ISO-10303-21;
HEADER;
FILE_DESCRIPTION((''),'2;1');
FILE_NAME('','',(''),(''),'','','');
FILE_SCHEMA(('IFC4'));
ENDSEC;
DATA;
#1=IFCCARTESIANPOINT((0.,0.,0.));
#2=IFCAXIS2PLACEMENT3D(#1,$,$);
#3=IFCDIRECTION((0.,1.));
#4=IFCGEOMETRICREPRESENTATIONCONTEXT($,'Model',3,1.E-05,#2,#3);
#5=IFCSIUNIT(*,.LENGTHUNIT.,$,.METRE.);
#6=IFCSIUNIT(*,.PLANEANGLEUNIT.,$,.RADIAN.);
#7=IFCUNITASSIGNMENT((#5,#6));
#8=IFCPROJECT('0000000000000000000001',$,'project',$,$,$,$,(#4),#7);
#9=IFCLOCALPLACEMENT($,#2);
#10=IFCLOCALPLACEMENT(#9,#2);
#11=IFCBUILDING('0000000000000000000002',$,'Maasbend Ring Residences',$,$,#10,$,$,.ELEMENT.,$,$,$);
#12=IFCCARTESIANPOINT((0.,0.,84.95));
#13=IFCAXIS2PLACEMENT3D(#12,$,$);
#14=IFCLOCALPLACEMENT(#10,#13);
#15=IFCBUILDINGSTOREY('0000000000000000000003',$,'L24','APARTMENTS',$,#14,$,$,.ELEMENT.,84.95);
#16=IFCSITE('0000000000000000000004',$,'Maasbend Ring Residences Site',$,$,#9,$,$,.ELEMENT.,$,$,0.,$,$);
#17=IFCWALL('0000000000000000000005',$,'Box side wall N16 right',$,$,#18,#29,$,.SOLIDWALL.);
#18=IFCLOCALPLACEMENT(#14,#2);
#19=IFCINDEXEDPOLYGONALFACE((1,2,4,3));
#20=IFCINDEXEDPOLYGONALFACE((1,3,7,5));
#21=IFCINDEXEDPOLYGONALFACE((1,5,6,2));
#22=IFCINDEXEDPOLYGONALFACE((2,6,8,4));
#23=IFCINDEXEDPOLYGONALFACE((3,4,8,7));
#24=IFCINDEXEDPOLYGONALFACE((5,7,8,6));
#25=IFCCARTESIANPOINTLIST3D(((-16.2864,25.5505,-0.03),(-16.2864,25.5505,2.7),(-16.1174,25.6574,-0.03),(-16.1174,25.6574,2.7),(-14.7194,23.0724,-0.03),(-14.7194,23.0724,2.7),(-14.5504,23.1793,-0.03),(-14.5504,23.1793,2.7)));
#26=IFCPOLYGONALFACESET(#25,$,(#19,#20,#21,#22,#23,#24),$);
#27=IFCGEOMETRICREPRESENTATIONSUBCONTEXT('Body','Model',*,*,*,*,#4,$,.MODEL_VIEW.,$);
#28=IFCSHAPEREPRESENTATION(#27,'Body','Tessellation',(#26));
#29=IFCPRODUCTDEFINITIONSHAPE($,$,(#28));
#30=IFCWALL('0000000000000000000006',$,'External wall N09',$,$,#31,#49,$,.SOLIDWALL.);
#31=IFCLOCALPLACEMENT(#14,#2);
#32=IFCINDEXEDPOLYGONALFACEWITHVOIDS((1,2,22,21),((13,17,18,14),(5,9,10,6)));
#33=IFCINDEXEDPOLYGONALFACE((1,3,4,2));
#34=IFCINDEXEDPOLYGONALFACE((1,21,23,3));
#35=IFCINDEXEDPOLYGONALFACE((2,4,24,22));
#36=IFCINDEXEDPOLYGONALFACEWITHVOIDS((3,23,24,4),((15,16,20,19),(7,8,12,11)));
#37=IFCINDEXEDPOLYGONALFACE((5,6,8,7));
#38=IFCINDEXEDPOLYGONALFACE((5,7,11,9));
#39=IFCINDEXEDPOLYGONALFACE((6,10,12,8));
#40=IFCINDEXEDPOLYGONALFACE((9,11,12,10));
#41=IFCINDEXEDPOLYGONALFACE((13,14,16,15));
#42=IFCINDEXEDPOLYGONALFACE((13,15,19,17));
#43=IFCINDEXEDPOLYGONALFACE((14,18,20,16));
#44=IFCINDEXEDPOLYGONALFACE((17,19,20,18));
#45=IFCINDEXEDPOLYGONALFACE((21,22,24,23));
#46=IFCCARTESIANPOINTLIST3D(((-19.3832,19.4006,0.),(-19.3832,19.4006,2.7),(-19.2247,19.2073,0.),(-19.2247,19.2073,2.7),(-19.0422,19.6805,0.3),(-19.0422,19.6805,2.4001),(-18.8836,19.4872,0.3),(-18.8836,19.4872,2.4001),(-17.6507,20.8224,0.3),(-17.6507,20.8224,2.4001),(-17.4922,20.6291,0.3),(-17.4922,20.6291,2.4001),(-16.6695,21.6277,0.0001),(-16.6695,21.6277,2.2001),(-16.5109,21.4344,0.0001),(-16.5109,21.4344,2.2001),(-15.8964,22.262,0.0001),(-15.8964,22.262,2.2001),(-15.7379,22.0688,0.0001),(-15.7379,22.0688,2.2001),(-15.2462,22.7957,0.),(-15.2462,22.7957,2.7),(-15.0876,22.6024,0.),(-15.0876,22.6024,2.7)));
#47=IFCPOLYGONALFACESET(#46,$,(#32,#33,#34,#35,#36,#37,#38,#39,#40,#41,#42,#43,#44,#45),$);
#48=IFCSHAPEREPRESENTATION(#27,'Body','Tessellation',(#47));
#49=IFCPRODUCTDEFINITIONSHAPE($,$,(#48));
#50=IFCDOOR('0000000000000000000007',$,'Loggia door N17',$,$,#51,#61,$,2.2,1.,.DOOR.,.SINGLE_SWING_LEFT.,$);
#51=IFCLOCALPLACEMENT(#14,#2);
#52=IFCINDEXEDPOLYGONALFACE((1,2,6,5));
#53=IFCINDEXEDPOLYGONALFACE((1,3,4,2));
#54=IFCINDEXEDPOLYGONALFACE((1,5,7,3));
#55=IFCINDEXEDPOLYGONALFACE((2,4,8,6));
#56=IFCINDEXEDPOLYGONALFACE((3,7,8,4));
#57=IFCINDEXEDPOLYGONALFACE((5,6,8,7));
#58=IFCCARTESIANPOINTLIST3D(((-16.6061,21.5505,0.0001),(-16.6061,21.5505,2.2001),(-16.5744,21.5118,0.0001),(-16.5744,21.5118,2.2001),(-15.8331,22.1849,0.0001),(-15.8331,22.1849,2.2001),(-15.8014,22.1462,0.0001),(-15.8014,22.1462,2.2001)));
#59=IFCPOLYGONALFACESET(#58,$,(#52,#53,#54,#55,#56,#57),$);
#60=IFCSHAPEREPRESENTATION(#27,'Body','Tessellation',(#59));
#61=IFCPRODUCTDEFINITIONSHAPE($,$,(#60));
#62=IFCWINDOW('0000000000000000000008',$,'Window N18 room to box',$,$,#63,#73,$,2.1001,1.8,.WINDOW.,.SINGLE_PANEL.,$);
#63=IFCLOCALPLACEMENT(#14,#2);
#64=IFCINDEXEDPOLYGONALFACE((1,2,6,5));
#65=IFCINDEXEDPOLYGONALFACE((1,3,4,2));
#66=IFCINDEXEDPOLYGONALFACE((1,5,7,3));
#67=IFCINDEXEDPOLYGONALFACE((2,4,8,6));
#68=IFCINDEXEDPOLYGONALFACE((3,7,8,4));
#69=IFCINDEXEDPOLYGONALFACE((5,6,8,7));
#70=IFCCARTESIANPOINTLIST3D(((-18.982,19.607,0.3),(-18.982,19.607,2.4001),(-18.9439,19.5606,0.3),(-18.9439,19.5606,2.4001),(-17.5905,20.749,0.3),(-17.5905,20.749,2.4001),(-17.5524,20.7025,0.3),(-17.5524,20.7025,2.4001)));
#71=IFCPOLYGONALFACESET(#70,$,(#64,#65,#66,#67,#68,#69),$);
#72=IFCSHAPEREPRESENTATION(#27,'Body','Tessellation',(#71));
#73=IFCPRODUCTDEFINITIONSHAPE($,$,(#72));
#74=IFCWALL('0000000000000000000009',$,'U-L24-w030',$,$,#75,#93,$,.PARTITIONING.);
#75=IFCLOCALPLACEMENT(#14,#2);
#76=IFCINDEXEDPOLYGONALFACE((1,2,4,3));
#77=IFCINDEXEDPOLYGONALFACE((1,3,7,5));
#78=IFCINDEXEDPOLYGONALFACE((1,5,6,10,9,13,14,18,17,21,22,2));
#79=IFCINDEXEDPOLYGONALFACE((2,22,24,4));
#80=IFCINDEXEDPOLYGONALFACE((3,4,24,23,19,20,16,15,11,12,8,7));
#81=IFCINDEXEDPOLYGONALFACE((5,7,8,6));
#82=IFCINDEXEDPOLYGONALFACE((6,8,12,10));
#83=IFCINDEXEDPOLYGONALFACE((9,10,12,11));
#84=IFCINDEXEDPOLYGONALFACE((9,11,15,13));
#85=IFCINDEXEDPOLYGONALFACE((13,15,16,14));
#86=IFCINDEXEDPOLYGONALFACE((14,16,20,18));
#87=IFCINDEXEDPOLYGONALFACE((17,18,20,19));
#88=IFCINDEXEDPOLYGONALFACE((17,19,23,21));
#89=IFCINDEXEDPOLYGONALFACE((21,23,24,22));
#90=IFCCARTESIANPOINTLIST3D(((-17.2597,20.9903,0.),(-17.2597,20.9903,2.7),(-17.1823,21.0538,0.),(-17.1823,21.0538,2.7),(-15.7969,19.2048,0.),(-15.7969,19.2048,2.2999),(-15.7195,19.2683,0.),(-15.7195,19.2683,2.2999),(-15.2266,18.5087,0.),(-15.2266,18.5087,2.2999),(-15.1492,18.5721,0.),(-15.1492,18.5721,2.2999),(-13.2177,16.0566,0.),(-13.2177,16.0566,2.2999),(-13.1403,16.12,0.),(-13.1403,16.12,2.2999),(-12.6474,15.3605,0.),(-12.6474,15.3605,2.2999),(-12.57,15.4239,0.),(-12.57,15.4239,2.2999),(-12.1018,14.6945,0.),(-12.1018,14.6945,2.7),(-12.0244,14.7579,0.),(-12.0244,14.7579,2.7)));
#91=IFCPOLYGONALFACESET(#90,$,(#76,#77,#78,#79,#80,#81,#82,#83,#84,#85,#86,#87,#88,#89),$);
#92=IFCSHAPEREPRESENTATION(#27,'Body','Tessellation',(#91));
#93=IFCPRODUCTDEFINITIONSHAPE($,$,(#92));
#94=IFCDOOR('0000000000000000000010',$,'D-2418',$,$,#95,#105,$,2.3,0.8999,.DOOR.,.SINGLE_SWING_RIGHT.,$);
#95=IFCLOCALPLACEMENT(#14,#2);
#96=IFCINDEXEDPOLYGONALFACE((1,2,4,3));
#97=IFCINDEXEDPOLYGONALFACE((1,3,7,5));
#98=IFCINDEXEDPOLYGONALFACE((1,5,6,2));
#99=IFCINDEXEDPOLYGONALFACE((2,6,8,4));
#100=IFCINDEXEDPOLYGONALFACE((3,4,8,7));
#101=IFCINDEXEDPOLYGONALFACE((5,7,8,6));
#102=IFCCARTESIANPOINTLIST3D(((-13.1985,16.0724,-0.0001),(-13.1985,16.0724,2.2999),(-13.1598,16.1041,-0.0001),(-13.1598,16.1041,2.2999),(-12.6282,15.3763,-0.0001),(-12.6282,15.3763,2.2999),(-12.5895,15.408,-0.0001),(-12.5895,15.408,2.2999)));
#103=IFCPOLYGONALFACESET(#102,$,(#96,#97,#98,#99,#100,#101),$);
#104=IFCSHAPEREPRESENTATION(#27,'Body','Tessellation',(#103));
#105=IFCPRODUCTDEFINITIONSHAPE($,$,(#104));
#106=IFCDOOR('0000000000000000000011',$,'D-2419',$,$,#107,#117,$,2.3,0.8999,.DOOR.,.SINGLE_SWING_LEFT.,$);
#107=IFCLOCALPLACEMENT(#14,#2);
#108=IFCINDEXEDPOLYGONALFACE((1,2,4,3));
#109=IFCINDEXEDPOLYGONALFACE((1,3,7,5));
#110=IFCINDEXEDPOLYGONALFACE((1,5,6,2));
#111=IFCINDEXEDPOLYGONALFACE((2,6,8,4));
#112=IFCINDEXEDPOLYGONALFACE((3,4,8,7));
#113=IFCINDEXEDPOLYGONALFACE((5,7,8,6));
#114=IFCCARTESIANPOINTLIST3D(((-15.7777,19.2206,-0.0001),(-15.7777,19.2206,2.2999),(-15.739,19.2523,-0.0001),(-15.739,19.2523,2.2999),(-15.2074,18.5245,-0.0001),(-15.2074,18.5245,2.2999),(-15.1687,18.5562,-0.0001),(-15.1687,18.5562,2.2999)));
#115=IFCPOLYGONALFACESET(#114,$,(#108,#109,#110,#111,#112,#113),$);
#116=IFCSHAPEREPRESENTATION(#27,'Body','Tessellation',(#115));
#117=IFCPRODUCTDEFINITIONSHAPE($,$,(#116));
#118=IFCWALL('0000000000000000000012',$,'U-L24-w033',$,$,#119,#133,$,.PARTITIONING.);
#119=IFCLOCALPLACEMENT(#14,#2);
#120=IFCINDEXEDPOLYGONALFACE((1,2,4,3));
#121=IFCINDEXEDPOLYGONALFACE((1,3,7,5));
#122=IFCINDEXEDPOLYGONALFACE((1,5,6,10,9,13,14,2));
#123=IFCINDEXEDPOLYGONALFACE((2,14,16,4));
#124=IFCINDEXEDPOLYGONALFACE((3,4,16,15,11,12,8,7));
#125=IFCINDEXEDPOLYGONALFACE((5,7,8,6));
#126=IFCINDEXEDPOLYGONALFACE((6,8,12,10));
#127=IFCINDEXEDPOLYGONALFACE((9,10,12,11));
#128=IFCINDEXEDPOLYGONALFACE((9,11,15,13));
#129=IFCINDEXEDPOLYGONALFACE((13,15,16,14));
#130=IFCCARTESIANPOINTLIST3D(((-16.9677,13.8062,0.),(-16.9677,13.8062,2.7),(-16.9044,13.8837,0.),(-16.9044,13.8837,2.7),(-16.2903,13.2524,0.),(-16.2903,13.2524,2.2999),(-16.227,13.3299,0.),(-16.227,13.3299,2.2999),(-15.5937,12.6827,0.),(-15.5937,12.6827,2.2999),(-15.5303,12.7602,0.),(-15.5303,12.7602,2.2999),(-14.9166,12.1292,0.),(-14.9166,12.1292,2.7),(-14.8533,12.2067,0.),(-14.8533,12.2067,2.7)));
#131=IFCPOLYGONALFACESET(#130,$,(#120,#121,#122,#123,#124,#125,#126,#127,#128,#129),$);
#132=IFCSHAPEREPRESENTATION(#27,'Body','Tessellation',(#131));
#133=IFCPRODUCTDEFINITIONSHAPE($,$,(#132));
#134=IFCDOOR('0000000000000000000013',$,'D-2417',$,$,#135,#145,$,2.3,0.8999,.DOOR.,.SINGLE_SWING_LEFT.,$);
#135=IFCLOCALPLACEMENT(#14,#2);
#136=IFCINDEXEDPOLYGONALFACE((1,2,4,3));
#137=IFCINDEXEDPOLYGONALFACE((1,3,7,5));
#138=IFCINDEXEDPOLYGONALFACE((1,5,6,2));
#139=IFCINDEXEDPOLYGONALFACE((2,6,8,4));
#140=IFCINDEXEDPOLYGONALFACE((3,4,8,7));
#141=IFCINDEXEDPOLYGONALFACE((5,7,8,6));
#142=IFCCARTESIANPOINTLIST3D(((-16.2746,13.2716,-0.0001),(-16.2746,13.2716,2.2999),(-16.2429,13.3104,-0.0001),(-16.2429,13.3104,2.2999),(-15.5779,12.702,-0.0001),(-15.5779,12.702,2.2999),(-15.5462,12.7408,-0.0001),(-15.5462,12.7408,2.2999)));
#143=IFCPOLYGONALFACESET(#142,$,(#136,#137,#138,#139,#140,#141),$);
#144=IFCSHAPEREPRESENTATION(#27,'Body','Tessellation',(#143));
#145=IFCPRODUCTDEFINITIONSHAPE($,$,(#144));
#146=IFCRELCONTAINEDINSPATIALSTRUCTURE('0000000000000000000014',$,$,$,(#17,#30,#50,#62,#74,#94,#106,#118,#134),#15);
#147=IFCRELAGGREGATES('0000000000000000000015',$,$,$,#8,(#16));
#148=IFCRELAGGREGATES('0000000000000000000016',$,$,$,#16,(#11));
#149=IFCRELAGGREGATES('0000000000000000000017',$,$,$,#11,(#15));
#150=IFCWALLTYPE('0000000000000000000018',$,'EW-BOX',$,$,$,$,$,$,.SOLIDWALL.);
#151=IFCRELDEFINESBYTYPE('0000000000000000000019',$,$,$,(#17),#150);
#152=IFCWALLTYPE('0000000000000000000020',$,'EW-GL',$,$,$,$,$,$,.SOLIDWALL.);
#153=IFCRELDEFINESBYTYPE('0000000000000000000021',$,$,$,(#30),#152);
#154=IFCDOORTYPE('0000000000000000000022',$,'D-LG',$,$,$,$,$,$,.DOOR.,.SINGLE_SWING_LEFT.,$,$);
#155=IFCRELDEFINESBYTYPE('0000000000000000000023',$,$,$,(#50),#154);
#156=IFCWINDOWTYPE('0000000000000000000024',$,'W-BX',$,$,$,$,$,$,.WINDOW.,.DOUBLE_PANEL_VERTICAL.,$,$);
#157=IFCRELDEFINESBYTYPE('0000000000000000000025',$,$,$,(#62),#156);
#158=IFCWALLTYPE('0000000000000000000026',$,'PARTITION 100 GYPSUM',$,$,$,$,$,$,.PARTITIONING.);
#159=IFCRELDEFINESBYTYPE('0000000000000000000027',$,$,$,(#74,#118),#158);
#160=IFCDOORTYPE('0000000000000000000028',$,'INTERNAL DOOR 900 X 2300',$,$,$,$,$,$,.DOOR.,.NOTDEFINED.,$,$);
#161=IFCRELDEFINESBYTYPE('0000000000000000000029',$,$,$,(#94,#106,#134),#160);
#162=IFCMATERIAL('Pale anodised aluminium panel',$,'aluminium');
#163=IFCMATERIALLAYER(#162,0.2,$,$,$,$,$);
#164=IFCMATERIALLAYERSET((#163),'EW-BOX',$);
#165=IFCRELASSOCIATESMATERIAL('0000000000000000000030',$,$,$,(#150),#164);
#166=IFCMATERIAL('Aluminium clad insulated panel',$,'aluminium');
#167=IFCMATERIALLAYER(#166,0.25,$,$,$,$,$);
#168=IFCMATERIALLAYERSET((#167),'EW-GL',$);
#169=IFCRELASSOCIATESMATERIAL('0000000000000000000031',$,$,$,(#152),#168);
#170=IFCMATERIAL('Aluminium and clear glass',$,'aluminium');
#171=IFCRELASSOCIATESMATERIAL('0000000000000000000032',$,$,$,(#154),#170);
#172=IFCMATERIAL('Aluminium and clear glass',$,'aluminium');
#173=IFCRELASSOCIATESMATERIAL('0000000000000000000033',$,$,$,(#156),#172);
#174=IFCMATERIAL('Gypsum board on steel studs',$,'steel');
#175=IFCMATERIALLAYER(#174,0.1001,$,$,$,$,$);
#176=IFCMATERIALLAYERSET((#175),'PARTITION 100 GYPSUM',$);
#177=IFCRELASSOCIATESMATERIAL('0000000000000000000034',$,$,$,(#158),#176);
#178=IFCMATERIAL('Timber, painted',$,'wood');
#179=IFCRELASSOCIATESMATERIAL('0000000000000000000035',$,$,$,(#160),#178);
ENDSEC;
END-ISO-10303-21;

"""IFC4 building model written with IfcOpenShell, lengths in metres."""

from ifc_helpers import new_model, si_unit, direction, frame, frame_2d, origin, place, context, subcontext, project, spatial, rectangle, extrude, material, layer, layer_set, type_object, element, fill, save


model = new_model("IFC4")

# Units and contexts
model_context = context("Model", 3, precision=1e-05, world=origin(), true_north=direction((0.0, 1.0)))
body_context = subcontext(model_context, "Body", "Model", "MODEL_VIEW")
ifc_project = project(units=[si_unit("LENGTHUNIT", "METRE"), si_unit("PLANEANGLEUNIT", "RADIAN")], contexts=[model_context])

# Site, building, storey
site_placement = place(None, origin())
site = spatial("IfcSite", under=ifc_project, at=site_placement, Name="Maasbend Ring Residences Site", CompositionType="ELEMENT", RefElevation=0.0)
building_placement = place(site_placement, origin())
building = spatial("IfcBuilding", under=site, at=building_placement, Name="Maasbend Ring Residences", CompositionType="ELEMENT")
storey_placement = place(building_placement, frame((0.0, 0.0, 84.95)))
storey = spatial("IfcBuildingStorey", under=building, at=storey_placement, Name="L24", Description="APARTMENTS", CompositionType="ELEMENT", Elevation=84.95)

# Shared definitions
ifc_material_1 = material(Name="Pale anodised aluminium panel", Category="aluminium")
ifc_layer_1 = layer(ifc_material_1, 0.2)
ifc_layer_set_1 = layer_set([ifc_layer_1], Name="EW-BOX")
wall_type_1 = type_object("IfcWallType", Name="EW-BOX", PredefinedType="SOLIDWALL", material=ifc_layer_set_1)

# Wall
wall_1_placement = place(storey_placement, frame((-14.635, 23.126, -0.03), z_axis=(0.0, 0.0, 1.0), x_axis=(-0.534438, 0.845208, 0.0)))
element("IfcWall", 1, at=wall_1_placement, inside=storey, type_object=wall_type_1, Name="Box side wall N16 right", PredefinedType="SOLIDWALL", context=body_context, shape_type="SweptSolid", body=[
    extrude(rectangle(XDim=2.9319, YDim=0.2, at=frame_2d((1.4658, 0.0))), origin(), (0.0, 0.0, 1.0), 2.73),
])

# Wall, openings, door, window
ifc_material_2 = material(Name="Aluminium clad insulated panel", Category="aluminium")
ifc_layer_2 = layer(ifc_material_2, 0.25)
ifc_layer_set_2 = layer_set([ifc_layer_2], Name="EW-GL")
wall_type_2 = type_object("IfcWallType", Name="EW-GL", PredefinedType="SOLIDWALL", material=ifc_layer_set_2)
wall_2_placement = place(storey_placement, frame((-15.167, 22.699, 0.0), z_axis=(0.0, 0.0, 1.0), x_axis=(-0.773019, -0.634382, 0.0)))
wall_2 = element("IfcWall", 2, at=wall_2_placement, inside=storey, type_object=wall_type_2, Name="External wall N09", PredefinedType="SOLIDWALL", context=body_context, shape_type="SweptSolid", body=[
    extrude(rectangle(XDim=5.3518, YDim=0.25, at=frame_2d((2.6758, 0.0))), origin(), (0.0, 0.0, 1.0), 2.7),
])
opening_1_placement = place(wall_2_placement, frame((0.8411, 0.0, 0.0)))
opening_1 = element("IfcOpeningElement", 3, at=opening_1_placement, cuts=wall_2, PredefinedType="OPENING", context=body_context, shape_type="SweptSolid", body=[
    extrude(rectangle(XDim=1.0, YDim=2.2, at=frame_2d((0.5, 1.1001))), frame((0.0, 0.135, 0.0), z_axis=(0.0, -1.0, 0.0), x_axis=(1.0, 0.0, 0.0)), (0.0, 0.0, 1.0), 0.27),
])
opening_2_placement = place(wall_2_placement, frame((3.1106, 0.0, 0.3)))
opening_2 = element("IfcOpeningElement", 4, at=opening_2_placement, cuts=wall_2, PredefinedType="OPENING", context=body_context, shape_type="SweptSolid", body=[
    extrude(rectangle(XDim=1.8, YDim=2.1001, at=frame_2d((0.8999, 1.05))), frame((0.0, 0.135, 0.0), z_axis=(0.0, -1.0, 0.0), x_axis=(1.0, 0.0, 0.0)), (0.0, 0.0, 1.0), 0.27),
])
ifc_material_3 = material(Name="Aluminium and clear glass", Category="aluminium")
door_type_1 = type_object("IfcDoorType", Name="D-LG", OperationType="SINGLE_SWING_LEFT", PredefinedType="DOOR", material=ifc_material_3)
door_1_placement = place(opening_1_placement, origin())
door_1 = element("IfcDoor", 5, at=door_1_placement, inside=storey, type_object=door_type_1, Name="Loggia door N17", OperationType="SINGLE_SWING_LEFT", OverallHeight=2.2, OverallWidth=1.0, PredefinedType="DOOR", context=body_context, shape_type="SweptSolid", body=[
    extrude(rectangle(XDim=1.0, YDim=2.2, at=frame_2d((0.5, 1.1001))), frame((0.0, 0.0249, 0.0), z_axis=(0.0, -1.0, 0.0), x_axis=(1.0, 0.0, 0.0)), (0.0, 0.0, 1.0), 0.05),
])
fill(opening_1, door_1)
ifc_material_4 = material(Name="Aluminium and clear glass", Category="aluminium")
window_type_1 = type_object("IfcWindowType", Name="W-BX", PartitioningType="DOUBLE_PANEL_VERTICAL", PredefinedType="WINDOW", material=ifc_material_4)
window_1_placement = place(opening_2_placement, origin())
window_1 = element("IfcWindow", 6, at=window_1_placement, inside=storey, type_object=window_type_1, Name="Window N18 room to box", OverallHeight=2.1001, OverallWidth=1.8, PartitioningType="SINGLE_PANEL", PredefinedType="WINDOW", context=body_context, shape_type="SweptSolid", body=[
    extrude(rectangle(XDim=1.8, YDim=2.1001, at=frame_2d((0.8999, 1.05))), frame((0.0, 0.03, 0.0), z_axis=(0.0, -1.0, 0.0), x_axis=(1.0, 0.0, 0.0)), (0.0, 0.0, 1.0), 0.0601),
])
fill(opening_2, window_1)

# Wall, openings, doors
ifc_material_5 = material(Name="Gypsum board on steel studs", Category="steel")
ifc_layer_3 = layer(ifc_material_5, 0.1001)
ifc_layer_set_3 = layer_set([ifc_layer_3], Name="PARTITION 100 GYPSUM")
wall_type_3 = type_object("IfcWallType", Name="PARTITION 100 GYPSUM", PredefinedType="PARTITIONING", material=ifc_layer_set_3)
wall_3_placement = place(storey_placement, frame((-17.2209, 21.022, 0.0), z_axis=(0.0, 0.0, 1.0), x_axis=(0.633736, -0.77355, 0.0)))
wall_3 = element("IfcWall", 7, at=wall_3_placement, inside=storey, type_object=wall_type_3, Name="U-L24-w030", PredefinedType="PARTITIONING", context=body_context, shape_type="SweptSolid", body=[
    extrude(rectangle(XDim=8.1389, YDim=0.1001, at=frame_2d((4.0693, 0.0))), origin(), (0.0, 0.0, 1.0), 2.7),
])
opening_3_placement = place(wall_3_placement, frame((6.3779, 0.0, 0.0)))
opening_3 = element("IfcOpeningElement", 8, at=opening_3_placement, cuts=wall_3, PredefinedType="OPENING", context=body_context, shape_type="SweptSolid", body=[
    extrude(rectangle(XDim=0.8999, YDim=2.3, at=frame_2d((0.45, 1.1499))), frame((0.0, 0.0601, 0.0), z_axis=(0.0, -1.0, 0.0), x_axis=(1.0, 0.0, 0.0)), (0.0, 0.0, 1.0), 0.1201),
])
opening_4_placement = place(wall_3_placement, frame((2.3081, 0.0, 0.0)))
opening_4 = element("IfcOpeningElement", 9, at=opening_4_placement, cuts=wall_3, PredefinedType="OPENING", context=body_context, shape_type="SweptSolid", body=[
    extrude(rectangle(XDim=0.8999, YDim=2.3, at=frame_2d((0.45, 1.1499))), frame((0.0, 0.0601, 0.0), z_axis=(0.0, -1.0, 0.0), x_axis=(1.0, 0.0, 0.0)), (0.0, 0.0, 1.0), 0.1201),
])
ifc_material_6 = material(Name="Timber, painted", Category="wood")
door_type_2 = type_object("IfcDoorType", Name="INTERNAL DOOR 900 X 2300", OperationType="NOTDEFINED", PredefinedType="DOOR", material=ifc_material_6)
door_2_placement = place(opening_3_placement, origin())
door_2 = element("IfcDoor", 10, at=door_2_placement, inside=storey, type_object=door_type_2, Name="D-2418", OperationType="SINGLE_SWING_RIGHT", OverallHeight=2.3, OverallWidth=0.8999, PredefinedType="DOOR", context=body_context, shape_type="SweptSolid", body=[
    extrude(rectangle(XDim=0.8999, YDim=2.3, at=frame_2d((0.45, 1.1499))), frame((0.0, 0.0249, 0.0), z_axis=(0.0, -1.0, 0.0), x_axis=(1.0, 0.0, 0.0)), (0.0, 0.0, 1.0), 0.05),
])
fill(opening_3, door_2)
door_3_placement = place(opening_4_placement, origin())
door_3 = element("IfcDoor", 11, at=door_3_placement, inside=storey, type_object=door_type_2, Name="D-2419", OperationType="SINGLE_SWING_LEFT", OverallHeight=2.3, OverallWidth=0.8999, PredefinedType="DOOR", context=body_context, shape_type="SweptSolid", body=[
    extrude(rectangle(XDim=0.8999, YDim=2.3, at=frame_2d((0.45, 1.1499))), frame((0.0, 0.0249, 0.0), z_axis=(0.0, -1.0, 0.0), x_axis=(1.0, 0.0, 0.0)), (0.0, 0.0, 1.0), 0.05),
])
fill(opening_4, door_3)

# Wall, opening, door
wall_4_placement = place(storey_placement, frame((-16.936, 13.845, 0.0), z_axis=(0.0, 0.0, 1.0), x_axis=(0.774163, -0.632987, 0.0)))
wall_4 = element("IfcWall", 12, at=wall_4_placement, inside=storey, type_object=wall_type_3, Name="U-L24-w033", PredefinedType="PARTITIONING", context=body_context, shape_type="SweptSolid", body=[
    extrude(rectangle(XDim=2.6494, YDim=0.1001, at=frame_2d((1.3247, 0.0))), origin(), (0.0, 0.0, 1.0), 2.7),
])
opening_5_placement = place(wall_4_placement, frame((0.875, 0.0, 0.0)))
opening_5 = element("IfcOpeningElement", 13, at=opening_5_placement, cuts=wall_4, PredefinedType="OPENING", context=body_context, shape_type="SweptSolid", body=[
    extrude(rectangle(XDim=0.8999, YDim=2.3, at=frame_2d((0.45, 1.1499))), frame((0.0, 0.0601, 0.0), z_axis=(0.0, -1.0, 0.0), x_axis=(1.0, 0.0, 0.0)), (0.0, 0.0, 1.0), 0.1201),
])
door_4_placement = place(opening_5_placement, origin())
door_4 = element("IfcDoor", 14, at=door_4_placement, inside=storey, type_object=door_type_2, Name="D-2417", OperationType="SINGLE_SWING_LEFT", OverallHeight=2.3, OverallWidth=0.8999, PredefinedType="DOOR", context=body_context, shape_type="SweptSolid", body=[
    extrude(rectangle(XDim=0.8999, YDim=2.3, at=frame_2d((0.45, 1.1499))), frame((0.0, 0.0249, 0.0), z_axis=(0.0, -1.0, 0.0), x_axis=(1.0, 0.0, 0.0)), (0.0, 0.0, 1.0), 0.05),
])
fill(opening_5, door_4)

save(model, "model.ifc")
